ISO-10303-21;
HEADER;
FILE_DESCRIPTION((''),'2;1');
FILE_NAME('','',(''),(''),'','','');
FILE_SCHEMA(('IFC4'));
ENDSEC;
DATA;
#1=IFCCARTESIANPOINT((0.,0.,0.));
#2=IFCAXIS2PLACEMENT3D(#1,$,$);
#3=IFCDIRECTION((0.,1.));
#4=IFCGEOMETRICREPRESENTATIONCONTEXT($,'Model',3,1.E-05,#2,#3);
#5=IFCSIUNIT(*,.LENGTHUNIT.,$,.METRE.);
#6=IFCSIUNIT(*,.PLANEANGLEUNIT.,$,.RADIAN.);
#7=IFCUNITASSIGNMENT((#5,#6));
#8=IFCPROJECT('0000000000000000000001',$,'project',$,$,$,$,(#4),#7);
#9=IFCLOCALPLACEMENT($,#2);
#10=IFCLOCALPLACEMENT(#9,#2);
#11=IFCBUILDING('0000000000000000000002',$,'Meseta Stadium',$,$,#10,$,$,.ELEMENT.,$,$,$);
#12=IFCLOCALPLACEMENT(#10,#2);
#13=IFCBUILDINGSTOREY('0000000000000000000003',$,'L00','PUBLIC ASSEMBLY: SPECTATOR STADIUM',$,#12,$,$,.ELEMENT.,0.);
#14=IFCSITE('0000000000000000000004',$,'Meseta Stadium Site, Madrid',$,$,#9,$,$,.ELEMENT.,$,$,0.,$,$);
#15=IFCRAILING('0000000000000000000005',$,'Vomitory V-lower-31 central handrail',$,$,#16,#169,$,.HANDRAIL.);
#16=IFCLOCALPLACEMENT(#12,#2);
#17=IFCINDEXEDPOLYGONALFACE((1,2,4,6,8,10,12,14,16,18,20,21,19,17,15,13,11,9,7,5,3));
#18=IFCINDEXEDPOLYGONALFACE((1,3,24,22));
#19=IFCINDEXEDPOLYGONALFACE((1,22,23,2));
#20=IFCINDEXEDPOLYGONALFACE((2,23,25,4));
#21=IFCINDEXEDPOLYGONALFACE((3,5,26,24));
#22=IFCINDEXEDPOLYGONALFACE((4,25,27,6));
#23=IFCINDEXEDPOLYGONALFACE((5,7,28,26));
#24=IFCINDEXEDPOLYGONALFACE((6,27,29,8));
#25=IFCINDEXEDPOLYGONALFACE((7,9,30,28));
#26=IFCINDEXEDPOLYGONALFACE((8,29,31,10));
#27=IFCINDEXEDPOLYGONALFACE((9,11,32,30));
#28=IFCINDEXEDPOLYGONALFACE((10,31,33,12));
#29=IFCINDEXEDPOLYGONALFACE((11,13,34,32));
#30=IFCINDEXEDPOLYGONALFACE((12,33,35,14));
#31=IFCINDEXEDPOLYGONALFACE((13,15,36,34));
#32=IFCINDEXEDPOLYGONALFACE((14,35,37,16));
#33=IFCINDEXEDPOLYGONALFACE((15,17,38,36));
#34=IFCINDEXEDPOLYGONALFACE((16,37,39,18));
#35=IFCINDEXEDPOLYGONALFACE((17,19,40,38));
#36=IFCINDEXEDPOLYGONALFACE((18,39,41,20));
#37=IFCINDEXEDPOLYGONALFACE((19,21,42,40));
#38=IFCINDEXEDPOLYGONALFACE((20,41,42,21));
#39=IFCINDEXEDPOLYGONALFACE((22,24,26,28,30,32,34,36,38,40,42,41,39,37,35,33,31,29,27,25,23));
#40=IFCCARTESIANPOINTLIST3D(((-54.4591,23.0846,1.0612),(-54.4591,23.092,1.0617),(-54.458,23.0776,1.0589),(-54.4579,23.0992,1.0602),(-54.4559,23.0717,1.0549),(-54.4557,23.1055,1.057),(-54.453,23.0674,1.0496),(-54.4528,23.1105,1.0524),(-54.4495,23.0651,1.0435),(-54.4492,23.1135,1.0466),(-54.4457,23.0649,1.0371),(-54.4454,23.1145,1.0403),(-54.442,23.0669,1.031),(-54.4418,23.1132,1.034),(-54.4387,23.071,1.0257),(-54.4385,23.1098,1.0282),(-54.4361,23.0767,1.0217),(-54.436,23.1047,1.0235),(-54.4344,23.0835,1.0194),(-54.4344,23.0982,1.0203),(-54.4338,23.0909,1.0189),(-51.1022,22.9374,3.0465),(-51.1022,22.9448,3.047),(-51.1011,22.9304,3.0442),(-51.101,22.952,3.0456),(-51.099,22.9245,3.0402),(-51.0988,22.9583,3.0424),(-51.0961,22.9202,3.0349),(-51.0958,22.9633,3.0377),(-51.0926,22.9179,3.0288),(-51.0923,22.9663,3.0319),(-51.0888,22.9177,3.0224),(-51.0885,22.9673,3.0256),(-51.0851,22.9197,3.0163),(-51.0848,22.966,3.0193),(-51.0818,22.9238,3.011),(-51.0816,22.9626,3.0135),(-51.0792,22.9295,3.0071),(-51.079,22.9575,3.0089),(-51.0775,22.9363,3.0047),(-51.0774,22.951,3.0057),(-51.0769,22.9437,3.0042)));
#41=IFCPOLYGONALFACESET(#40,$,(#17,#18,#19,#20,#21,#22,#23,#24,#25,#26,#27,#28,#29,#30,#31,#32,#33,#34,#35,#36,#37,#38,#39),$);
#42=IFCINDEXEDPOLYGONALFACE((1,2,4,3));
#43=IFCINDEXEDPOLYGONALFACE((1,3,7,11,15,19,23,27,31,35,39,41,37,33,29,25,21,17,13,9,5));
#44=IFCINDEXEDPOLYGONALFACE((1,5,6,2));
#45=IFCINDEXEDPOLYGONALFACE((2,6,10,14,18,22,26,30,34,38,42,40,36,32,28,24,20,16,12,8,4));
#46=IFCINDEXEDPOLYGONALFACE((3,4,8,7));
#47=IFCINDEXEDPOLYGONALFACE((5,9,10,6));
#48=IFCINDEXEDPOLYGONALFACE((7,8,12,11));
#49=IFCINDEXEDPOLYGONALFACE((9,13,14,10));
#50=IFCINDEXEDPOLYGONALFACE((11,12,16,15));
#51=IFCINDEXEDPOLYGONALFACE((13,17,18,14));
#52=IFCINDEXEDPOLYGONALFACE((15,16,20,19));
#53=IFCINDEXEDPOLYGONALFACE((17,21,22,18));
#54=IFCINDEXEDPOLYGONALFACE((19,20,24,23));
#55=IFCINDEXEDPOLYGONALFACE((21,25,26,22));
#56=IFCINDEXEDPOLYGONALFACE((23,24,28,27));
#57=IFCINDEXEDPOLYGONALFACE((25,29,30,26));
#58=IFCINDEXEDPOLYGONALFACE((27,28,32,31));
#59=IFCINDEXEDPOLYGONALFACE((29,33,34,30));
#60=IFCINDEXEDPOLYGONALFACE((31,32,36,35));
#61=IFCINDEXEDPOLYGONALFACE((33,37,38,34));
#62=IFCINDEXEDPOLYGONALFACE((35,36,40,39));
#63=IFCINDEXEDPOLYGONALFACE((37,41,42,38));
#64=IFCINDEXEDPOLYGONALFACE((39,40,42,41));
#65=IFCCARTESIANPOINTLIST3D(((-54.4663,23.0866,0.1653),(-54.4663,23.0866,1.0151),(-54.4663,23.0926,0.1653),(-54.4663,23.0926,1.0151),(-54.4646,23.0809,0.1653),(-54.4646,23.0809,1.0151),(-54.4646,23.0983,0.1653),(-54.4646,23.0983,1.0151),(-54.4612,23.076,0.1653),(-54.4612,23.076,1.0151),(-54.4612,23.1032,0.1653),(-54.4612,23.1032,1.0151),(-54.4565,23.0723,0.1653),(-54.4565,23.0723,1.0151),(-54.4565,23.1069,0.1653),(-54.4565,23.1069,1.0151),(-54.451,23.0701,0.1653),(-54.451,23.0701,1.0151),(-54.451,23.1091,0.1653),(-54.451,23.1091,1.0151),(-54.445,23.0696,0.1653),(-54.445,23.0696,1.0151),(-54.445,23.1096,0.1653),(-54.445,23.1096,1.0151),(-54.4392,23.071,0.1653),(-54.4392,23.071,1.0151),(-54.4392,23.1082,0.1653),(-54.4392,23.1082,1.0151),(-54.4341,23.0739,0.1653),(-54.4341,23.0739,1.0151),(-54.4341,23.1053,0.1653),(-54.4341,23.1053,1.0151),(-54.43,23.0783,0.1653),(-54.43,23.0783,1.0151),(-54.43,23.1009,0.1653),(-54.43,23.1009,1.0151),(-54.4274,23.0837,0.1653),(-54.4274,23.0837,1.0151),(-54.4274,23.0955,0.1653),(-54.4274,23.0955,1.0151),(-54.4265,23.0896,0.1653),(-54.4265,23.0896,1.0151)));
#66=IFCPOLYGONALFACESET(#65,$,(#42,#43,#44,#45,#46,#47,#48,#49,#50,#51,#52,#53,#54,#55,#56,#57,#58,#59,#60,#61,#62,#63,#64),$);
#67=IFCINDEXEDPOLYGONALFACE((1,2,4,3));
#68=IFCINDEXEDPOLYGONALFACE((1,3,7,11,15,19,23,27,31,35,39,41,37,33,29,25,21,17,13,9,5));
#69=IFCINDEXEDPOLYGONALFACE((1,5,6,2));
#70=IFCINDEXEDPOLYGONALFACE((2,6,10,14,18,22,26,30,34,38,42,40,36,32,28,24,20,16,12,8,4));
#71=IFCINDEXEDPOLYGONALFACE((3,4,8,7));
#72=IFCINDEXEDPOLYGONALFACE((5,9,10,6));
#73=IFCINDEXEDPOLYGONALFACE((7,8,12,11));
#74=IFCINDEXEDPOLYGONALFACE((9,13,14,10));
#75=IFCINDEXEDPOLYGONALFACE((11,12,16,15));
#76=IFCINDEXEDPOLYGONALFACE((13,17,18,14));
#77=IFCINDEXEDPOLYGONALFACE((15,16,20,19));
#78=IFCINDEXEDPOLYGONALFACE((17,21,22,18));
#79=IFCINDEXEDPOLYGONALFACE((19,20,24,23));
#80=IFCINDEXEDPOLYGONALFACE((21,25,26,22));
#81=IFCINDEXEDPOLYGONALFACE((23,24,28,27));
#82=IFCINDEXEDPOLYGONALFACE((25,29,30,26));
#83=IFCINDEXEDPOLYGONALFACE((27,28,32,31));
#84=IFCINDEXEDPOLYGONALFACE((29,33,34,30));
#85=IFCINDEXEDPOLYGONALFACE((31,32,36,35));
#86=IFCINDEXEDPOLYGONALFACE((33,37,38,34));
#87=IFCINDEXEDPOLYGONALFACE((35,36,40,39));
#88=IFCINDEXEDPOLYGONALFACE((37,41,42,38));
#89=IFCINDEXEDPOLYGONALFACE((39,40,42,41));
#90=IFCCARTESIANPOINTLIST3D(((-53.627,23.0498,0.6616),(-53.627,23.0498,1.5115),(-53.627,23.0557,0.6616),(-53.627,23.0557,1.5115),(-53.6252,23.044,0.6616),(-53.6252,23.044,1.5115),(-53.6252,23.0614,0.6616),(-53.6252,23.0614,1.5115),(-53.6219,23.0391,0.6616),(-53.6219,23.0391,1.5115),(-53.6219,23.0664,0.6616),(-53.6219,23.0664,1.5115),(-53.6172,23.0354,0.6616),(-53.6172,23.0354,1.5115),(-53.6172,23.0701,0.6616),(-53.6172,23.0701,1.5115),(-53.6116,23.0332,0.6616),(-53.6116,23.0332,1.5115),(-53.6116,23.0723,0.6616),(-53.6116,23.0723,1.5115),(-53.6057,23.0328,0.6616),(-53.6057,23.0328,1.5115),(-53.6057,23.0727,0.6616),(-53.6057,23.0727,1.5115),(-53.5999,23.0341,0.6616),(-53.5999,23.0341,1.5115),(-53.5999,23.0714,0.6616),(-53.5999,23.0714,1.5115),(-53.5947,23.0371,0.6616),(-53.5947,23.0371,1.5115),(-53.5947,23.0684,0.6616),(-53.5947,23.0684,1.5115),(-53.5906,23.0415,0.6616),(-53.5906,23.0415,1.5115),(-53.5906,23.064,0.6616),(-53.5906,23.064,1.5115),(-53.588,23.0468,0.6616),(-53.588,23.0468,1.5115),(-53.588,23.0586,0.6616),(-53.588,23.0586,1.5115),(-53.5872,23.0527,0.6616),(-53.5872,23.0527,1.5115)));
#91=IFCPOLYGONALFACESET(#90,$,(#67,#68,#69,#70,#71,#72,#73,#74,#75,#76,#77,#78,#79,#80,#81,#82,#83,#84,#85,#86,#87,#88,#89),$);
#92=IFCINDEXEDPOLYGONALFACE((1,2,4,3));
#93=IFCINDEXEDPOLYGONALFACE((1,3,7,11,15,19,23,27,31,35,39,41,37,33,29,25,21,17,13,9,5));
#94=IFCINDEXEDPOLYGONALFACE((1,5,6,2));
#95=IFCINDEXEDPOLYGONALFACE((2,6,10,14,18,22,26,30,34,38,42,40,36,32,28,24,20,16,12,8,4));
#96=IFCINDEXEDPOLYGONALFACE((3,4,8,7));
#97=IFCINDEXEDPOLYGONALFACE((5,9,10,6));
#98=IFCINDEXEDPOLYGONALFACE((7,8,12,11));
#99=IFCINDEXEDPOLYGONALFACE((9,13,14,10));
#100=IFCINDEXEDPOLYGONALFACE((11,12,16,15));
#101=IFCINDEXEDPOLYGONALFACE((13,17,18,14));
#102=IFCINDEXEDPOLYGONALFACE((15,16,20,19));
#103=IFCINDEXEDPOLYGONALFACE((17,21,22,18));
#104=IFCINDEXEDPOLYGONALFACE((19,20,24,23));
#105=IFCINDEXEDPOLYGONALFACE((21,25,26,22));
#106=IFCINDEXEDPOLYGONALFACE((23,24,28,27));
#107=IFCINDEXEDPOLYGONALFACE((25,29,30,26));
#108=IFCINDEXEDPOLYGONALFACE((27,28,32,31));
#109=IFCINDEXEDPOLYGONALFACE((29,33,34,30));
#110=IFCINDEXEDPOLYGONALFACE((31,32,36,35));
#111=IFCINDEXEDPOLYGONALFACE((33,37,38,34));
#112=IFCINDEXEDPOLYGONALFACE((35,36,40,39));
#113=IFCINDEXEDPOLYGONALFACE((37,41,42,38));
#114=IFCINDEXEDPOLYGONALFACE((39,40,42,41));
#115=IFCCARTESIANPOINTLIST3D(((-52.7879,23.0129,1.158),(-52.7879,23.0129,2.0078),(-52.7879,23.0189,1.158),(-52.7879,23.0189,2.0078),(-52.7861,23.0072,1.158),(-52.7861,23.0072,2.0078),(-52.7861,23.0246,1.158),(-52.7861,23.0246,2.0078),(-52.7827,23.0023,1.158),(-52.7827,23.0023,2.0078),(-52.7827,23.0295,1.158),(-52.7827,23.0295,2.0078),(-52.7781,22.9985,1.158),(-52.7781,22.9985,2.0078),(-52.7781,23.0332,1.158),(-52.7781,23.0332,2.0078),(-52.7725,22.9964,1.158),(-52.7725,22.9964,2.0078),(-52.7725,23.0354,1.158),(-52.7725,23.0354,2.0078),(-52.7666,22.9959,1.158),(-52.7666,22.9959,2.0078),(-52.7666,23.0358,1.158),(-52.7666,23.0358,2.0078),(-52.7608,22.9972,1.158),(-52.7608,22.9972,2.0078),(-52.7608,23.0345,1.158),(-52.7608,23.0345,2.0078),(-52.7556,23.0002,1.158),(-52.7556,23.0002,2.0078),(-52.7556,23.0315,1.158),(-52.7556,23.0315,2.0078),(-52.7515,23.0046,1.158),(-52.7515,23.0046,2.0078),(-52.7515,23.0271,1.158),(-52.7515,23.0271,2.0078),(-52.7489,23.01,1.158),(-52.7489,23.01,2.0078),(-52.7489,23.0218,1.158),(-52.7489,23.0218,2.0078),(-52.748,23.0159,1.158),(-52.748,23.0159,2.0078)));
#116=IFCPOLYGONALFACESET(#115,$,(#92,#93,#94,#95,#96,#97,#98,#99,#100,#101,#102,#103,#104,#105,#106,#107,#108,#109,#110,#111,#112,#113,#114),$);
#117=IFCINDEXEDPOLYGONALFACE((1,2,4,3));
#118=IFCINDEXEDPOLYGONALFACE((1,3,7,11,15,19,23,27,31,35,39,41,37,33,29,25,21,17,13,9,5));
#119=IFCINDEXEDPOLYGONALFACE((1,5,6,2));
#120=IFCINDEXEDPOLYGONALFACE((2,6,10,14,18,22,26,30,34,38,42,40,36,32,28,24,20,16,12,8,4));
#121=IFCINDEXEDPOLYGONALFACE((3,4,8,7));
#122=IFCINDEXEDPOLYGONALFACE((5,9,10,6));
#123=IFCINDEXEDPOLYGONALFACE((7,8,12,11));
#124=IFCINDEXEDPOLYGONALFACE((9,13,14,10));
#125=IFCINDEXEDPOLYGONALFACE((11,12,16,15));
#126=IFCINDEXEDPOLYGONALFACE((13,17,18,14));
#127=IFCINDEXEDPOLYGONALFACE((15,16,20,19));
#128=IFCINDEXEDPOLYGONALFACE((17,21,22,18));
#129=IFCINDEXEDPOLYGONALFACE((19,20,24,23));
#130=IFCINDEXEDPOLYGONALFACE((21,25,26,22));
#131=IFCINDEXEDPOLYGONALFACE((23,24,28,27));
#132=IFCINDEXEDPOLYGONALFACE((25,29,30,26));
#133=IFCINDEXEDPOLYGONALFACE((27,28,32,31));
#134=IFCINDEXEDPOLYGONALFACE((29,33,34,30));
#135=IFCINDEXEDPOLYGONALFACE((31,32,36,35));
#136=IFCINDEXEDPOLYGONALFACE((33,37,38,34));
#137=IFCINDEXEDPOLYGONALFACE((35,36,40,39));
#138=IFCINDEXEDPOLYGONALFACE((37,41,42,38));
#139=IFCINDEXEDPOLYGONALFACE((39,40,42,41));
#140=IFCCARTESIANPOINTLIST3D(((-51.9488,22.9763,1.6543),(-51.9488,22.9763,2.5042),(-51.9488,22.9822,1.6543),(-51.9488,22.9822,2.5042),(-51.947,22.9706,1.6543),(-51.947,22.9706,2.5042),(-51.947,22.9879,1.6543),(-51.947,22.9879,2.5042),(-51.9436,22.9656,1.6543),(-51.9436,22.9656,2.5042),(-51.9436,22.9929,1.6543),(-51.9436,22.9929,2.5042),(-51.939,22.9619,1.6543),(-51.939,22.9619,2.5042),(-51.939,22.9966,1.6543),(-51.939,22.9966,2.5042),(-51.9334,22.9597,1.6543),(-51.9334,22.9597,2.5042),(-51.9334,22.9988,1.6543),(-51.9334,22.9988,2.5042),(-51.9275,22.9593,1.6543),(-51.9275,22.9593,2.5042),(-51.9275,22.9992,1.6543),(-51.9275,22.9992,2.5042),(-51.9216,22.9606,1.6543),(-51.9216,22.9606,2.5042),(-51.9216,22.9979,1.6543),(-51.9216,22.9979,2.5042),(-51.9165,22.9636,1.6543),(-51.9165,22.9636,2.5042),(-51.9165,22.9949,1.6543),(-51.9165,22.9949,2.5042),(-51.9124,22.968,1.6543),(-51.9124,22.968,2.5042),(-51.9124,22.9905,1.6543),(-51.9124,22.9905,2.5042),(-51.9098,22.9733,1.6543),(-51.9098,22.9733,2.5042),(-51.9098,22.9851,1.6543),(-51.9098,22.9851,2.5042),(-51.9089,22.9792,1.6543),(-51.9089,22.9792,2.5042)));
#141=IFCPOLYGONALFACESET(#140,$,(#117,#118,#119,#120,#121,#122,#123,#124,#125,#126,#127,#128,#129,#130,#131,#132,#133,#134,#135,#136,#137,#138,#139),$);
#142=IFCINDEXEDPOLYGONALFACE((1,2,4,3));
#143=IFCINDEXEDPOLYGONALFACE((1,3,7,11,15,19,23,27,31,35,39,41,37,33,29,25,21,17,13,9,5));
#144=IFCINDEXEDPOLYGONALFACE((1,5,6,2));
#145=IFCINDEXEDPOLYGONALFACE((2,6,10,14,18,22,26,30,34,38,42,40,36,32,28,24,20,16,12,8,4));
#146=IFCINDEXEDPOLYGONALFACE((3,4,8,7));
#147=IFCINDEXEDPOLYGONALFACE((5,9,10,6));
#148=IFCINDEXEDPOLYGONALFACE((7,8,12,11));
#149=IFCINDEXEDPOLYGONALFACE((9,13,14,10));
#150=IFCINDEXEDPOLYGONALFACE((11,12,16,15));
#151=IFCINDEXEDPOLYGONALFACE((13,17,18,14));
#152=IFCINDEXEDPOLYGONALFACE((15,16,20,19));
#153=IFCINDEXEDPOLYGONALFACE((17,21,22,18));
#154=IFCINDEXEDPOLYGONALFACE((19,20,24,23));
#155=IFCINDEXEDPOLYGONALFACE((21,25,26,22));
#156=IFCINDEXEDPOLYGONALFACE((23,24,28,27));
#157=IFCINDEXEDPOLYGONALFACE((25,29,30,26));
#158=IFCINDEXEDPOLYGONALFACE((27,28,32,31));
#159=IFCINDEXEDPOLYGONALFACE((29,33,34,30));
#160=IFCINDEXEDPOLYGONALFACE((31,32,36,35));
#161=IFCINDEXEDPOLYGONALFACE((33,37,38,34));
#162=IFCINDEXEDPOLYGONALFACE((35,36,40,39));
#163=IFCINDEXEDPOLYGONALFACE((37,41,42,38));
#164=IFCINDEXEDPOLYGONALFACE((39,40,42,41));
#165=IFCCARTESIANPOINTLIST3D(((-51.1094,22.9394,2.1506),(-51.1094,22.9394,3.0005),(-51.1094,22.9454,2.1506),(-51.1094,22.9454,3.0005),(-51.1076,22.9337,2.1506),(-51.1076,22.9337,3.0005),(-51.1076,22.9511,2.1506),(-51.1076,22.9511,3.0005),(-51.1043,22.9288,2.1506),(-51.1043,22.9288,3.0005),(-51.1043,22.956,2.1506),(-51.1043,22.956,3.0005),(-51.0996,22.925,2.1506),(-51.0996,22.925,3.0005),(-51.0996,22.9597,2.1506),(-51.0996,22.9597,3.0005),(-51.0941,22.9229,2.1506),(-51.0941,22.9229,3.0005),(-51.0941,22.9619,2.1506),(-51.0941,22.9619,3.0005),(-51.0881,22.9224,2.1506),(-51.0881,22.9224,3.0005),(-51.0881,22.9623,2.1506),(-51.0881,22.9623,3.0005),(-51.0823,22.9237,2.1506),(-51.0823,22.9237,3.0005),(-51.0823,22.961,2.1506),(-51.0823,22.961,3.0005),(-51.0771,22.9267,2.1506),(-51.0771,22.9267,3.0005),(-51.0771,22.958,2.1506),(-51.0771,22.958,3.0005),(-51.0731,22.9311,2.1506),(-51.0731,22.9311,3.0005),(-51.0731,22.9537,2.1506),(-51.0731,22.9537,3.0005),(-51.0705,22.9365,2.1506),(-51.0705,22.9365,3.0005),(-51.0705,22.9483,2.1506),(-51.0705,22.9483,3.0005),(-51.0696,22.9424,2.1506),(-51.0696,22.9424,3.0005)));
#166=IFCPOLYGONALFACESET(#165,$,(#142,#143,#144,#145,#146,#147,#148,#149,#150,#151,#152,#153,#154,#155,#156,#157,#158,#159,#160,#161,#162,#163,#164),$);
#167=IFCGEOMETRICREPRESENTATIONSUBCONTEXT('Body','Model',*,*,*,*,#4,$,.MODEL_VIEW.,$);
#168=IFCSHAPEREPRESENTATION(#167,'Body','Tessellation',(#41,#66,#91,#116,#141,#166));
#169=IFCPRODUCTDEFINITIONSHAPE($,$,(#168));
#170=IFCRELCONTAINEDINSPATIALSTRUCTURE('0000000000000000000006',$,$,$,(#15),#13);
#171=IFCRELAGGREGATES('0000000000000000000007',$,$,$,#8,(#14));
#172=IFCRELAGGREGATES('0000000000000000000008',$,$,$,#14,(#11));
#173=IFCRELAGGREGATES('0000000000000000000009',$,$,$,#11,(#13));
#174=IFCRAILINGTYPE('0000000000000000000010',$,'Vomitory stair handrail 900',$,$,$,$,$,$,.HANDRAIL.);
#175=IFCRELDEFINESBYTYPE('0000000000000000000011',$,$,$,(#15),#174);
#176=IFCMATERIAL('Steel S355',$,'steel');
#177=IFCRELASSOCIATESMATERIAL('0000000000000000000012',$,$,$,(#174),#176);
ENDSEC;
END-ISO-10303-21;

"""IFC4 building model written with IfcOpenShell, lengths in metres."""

from ifc_helpers import new_model, si_unit, direction, frame, origin, origin_2d, place, context, subcontext, project, spatial, circle, extrude, material, type_object, element, save


model = new_model("IFC4")

# Units and contexts
model_context = context("Model", 3, precision=1e-05, world=origin(), true_north=direction((0.0, 1.0)))
body_context = subcontext(model_context, "Body", "Model", "MODEL_VIEW")
ifc_project = project(units=[si_unit("LENGTHUNIT", "METRE"), si_unit("PLANEANGLEUNIT", "RADIAN")], contexts=[model_context])

# Site, building, storey
site_placement = place(None, origin())
site = spatial("IfcSite", under=ifc_project, at=site_placement, Name="Meseta Stadium Site, Madrid", CompositionType="ELEMENT", RefElevation=0.0)
building_placement = place(site_placement, origin())
building = spatial("IfcBuilding", under=site, at=building_placement, Name="Meseta Stadium", CompositionType="ELEMENT")
storey_placement = place(building_placement, origin())
storey = spatial("IfcBuildingStorey", under=building, at=storey_placement, Name="L00", Description="PUBLIC ASSEMBLY: SPECTATOR STADIUM", CompositionType="ELEMENT", Elevation=0.0)

# Railing
ifc_material_1 = material(Name="Steel S355", Category="steel")
railing_type_1 = type_object("IfcRailingType", Name="Vomitory stair handrail 900", PredefinedType="HANDRAIL", material=ifc_material_1)
railing_1_placement = place(storey_placement, frame((-54.4465, 23.0896, 0.1653)))
element("IfcRailing", 1, at=railing_1_placement, inside=storey, type_object=railing_type_1, Name="Vomitory V-lower-31 central handrail", PredefinedType="HANDRAIL", context=body_context, shape_type="SweptSolid", body=[
    extrude(circle(Radius=0.0249, at=origin_2d()), frame((0.0, 0.0, 0.875), z_axis=(0.860122, -0.03772, 0.508692), x_axis=(0.043812, 0.99904, 0.0)), (0.0, 0.0, 1.0), 3.9028),
    extrude(circle(Radius=0.02, at=origin_2d()), origin(), (0.0, 0.0, 1.0), 0.8499),
    extrude(circle(Radius=0.02, at=origin_2d()), frame((0.8394, -0.0369, 0.4963)), (0.0, 0.0, 1.0), 0.8499),
    extrude(circle(Radius=0.02, at=origin_2d()), frame((1.6785, -0.0737, 0.9927)), (0.0, 0.0, 1.0), 0.8499),
    extrude(circle(Radius=0.02, at=origin_2d()), frame((2.5176, -0.1104, 1.489)), (0.0, 0.0, 1.0), 0.8499),
    extrude(circle(Radius=0.02, at=origin_2d()), frame((3.3569, -0.1472, 1.9854)), (0.0, 0.0, 1.0), 0.8499),
])

save(model, "model.ifc")
